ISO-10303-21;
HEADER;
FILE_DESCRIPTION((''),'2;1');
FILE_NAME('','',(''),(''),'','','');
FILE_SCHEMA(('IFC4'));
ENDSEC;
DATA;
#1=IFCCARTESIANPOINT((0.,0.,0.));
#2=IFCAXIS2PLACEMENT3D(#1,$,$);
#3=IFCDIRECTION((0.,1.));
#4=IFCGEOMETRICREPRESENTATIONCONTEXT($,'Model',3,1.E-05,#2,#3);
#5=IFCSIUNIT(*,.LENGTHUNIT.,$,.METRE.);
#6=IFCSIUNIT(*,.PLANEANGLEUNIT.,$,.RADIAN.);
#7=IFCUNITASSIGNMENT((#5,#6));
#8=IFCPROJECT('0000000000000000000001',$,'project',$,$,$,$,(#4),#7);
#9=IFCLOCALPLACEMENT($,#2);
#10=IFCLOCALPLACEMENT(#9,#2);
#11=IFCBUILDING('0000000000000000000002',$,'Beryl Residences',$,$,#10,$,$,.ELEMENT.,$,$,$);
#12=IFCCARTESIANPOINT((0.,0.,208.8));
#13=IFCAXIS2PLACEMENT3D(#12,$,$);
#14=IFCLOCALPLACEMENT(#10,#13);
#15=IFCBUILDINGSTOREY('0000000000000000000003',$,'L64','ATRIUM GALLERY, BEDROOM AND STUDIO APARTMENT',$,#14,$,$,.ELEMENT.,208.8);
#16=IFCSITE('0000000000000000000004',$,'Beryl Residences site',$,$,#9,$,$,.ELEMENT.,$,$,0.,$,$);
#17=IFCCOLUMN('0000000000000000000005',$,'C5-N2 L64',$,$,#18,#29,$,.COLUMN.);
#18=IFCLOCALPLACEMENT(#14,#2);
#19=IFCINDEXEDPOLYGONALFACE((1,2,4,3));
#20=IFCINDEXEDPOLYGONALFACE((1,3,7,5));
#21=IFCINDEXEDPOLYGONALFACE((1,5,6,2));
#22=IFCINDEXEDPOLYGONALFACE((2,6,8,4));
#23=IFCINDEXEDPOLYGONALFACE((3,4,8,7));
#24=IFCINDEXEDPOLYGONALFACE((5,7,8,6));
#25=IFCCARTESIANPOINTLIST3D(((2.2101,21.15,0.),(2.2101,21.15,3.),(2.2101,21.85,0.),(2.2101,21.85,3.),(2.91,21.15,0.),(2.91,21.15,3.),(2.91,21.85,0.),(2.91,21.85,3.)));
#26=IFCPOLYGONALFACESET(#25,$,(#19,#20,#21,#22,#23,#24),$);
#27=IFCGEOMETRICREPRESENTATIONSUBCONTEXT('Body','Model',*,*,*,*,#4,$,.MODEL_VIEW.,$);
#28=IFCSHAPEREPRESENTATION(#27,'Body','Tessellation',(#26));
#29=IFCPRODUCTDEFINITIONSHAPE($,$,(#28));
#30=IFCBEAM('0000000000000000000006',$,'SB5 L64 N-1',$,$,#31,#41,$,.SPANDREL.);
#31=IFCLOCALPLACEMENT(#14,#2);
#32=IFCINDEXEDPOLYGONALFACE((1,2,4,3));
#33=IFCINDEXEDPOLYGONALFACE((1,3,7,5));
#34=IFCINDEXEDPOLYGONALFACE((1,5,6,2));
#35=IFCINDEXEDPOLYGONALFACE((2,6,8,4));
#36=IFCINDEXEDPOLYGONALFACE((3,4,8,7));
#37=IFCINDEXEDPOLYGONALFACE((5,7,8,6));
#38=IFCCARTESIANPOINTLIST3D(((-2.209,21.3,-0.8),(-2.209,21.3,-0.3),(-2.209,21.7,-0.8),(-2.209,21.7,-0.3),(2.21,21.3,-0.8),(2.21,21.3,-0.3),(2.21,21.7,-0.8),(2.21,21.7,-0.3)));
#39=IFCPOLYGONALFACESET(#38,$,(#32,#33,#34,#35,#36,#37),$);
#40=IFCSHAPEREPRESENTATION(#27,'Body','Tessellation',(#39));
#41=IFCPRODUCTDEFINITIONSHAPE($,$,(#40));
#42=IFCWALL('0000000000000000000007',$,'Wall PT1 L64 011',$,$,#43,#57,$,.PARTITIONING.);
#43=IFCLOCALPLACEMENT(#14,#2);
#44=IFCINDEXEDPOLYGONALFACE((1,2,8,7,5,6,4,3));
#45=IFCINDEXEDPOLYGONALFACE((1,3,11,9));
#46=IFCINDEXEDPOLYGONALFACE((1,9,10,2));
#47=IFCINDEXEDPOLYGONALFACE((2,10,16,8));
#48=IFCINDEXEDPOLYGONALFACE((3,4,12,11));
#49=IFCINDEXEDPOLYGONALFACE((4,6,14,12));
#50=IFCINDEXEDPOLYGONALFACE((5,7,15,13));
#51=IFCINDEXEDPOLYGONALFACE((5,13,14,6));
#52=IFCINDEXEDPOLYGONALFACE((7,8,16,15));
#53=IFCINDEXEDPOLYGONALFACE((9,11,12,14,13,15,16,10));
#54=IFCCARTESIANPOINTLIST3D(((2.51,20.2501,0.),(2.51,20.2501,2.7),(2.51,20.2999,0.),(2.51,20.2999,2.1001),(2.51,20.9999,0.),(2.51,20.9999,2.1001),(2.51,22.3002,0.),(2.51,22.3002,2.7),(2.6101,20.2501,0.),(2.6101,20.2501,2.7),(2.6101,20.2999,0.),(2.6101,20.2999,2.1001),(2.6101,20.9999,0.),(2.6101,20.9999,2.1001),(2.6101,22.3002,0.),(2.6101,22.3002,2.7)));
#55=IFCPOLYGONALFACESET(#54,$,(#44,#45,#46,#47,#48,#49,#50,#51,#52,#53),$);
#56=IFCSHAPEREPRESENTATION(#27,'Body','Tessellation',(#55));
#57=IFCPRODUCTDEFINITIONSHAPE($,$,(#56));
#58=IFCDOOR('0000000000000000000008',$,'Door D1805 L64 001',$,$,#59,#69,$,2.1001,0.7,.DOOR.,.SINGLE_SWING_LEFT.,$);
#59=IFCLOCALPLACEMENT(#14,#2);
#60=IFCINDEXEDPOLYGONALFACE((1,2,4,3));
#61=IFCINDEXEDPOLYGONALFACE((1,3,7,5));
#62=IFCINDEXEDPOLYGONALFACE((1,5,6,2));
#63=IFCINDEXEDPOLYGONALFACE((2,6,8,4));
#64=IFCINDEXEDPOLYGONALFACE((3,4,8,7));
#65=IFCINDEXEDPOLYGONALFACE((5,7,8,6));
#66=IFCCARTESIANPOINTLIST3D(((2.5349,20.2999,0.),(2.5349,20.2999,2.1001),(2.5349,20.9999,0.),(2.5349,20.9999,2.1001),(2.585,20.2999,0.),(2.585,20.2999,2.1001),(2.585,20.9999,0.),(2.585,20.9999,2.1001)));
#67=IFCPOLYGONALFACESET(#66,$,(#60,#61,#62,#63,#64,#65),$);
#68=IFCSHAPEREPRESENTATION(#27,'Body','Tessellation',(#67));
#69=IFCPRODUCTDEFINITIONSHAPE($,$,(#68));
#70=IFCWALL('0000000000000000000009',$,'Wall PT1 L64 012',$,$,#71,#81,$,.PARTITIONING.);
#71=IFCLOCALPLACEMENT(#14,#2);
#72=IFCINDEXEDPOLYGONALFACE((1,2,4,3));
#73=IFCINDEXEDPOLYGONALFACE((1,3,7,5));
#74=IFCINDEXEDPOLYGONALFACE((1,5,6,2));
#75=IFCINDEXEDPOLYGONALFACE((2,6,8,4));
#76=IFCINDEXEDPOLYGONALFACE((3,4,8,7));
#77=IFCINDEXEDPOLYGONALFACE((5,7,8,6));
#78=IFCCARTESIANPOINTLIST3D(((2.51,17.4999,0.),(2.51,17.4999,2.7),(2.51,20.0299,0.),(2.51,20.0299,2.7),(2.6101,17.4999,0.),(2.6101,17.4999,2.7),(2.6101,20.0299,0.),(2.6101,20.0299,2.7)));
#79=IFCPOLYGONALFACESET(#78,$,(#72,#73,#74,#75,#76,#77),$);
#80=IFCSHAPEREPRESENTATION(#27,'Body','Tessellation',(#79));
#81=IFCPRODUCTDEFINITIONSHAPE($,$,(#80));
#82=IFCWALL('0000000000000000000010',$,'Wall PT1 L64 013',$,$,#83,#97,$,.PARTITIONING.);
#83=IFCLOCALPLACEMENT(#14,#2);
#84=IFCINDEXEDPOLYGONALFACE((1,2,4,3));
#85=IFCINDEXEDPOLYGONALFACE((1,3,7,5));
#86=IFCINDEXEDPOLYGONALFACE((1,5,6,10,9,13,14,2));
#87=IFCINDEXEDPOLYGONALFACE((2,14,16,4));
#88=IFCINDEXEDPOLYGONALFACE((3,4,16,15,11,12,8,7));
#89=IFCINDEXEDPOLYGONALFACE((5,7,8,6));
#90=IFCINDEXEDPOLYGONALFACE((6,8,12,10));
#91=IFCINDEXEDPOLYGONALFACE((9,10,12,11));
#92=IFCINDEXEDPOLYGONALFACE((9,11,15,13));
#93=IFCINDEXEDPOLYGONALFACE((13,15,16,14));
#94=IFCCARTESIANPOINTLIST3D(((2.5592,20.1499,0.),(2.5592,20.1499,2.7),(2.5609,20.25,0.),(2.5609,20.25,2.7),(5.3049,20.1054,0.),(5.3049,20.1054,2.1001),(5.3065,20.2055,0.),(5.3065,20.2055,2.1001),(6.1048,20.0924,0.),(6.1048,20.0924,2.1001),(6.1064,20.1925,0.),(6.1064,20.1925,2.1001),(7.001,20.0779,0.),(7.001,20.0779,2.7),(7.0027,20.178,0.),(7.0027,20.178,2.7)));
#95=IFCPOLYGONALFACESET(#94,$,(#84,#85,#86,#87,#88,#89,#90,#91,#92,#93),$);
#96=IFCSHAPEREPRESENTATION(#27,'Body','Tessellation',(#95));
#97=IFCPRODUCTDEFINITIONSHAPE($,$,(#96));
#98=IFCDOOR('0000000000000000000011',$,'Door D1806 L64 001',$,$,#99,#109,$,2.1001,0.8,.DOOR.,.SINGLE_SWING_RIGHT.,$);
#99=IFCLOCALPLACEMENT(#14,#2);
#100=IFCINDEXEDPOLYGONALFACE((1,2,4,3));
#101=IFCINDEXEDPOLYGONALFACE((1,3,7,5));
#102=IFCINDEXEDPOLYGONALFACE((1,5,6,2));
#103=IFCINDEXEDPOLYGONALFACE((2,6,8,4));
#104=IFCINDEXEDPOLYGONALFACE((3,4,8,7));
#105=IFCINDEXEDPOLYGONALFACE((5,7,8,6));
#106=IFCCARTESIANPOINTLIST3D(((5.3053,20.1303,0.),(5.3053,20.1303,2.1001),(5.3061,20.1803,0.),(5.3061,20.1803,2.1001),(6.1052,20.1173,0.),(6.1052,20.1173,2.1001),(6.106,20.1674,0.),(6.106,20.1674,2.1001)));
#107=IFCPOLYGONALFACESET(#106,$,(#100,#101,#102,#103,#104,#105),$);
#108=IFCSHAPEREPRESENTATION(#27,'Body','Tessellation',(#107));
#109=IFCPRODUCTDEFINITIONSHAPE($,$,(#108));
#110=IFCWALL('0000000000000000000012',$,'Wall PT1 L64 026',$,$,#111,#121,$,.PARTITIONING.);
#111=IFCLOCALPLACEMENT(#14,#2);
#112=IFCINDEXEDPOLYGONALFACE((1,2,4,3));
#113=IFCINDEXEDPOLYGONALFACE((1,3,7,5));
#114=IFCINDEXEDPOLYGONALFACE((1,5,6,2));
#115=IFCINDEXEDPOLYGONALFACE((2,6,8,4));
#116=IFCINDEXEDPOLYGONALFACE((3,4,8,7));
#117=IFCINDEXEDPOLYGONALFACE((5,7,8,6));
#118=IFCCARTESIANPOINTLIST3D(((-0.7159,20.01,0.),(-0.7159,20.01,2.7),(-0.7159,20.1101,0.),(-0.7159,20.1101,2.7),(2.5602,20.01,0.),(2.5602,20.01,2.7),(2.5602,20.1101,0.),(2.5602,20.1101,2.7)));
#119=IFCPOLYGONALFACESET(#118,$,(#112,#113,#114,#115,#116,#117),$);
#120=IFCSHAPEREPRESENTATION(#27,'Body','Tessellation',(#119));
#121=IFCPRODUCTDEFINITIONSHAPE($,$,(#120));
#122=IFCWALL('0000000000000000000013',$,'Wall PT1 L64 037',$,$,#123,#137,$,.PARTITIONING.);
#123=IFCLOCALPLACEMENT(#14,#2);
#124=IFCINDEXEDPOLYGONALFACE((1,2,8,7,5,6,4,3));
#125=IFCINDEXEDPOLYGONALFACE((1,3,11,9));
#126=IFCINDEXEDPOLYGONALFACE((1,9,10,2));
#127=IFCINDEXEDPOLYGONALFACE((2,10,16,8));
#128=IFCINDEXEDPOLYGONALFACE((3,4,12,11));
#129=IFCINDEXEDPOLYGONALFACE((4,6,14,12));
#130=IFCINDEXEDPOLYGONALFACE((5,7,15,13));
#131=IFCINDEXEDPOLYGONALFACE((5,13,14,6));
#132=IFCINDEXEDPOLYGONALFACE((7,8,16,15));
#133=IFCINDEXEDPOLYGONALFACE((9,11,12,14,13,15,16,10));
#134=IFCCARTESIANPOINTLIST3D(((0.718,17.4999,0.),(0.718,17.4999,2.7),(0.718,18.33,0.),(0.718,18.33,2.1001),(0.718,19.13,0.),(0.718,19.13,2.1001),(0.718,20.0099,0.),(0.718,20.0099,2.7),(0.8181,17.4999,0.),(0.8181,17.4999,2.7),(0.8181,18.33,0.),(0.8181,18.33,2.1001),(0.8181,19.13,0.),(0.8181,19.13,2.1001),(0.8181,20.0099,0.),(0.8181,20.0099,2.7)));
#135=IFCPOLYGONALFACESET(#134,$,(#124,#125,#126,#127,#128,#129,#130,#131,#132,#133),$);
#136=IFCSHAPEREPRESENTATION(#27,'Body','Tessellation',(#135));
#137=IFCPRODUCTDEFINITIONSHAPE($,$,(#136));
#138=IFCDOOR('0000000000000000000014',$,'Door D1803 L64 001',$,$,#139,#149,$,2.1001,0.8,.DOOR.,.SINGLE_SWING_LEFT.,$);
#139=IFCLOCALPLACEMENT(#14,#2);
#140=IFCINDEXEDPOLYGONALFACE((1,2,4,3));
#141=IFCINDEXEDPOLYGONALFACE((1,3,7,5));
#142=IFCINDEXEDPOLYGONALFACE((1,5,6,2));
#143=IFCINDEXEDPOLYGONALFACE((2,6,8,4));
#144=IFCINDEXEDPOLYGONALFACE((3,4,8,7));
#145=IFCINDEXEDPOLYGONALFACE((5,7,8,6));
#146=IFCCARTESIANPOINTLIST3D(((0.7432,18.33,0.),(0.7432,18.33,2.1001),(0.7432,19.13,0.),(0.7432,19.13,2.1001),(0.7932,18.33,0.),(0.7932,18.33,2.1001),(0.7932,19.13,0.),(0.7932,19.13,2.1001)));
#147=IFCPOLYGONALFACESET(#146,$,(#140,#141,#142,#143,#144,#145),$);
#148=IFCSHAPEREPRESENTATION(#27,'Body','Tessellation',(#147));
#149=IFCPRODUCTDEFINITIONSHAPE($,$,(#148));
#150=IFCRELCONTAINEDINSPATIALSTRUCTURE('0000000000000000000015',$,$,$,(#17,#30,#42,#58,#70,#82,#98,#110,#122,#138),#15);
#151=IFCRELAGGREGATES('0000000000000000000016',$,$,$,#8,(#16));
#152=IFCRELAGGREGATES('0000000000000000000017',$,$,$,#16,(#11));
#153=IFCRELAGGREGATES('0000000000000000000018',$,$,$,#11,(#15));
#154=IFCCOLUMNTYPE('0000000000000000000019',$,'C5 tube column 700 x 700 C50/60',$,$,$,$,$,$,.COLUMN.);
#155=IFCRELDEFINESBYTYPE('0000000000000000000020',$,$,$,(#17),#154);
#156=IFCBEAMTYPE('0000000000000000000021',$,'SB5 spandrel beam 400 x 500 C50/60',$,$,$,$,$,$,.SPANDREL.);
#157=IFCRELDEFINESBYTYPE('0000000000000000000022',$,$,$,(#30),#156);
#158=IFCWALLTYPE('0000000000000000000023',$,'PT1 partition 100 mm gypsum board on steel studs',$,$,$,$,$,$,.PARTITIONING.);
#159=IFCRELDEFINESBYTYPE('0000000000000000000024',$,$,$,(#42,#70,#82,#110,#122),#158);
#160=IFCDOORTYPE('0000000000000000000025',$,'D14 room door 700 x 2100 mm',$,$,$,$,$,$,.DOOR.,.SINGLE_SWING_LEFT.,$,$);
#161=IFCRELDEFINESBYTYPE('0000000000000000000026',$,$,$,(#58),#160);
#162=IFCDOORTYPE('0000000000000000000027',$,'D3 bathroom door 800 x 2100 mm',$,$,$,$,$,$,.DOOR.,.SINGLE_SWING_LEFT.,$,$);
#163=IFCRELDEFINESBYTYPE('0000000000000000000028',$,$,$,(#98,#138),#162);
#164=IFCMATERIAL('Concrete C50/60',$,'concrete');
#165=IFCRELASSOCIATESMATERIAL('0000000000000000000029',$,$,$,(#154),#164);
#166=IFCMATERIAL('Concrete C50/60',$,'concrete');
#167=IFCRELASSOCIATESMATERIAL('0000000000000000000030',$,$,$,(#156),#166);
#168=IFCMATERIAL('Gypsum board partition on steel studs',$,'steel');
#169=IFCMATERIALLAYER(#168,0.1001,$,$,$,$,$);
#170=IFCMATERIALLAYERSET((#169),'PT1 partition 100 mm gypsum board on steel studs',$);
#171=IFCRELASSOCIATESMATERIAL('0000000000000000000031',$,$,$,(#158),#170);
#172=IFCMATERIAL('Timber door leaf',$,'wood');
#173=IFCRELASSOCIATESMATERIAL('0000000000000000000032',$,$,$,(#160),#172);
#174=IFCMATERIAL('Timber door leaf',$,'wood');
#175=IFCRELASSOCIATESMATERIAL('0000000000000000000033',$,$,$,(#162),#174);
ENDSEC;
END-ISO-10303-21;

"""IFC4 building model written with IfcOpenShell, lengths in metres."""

from ifc_helpers import new_model, si_unit, direction, frame, frame_2d, origin, origin_2d, place, context, subcontext, project, spatial, rectangle, extrude, material, layer, layer_set, material_profile, profile_set, type_object, element, fill, save


model = new_model("IFC4")

# Units and contexts
model_context = context("Model", 3, precision=1e-05, world=origin(), true_north=direction((0.0, 1.0)))
body_context = subcontext(model_context, "Body", "Model", "MODEL_VIEW")
ifc_project = project(units=[si_unit("LENGTHUNIT", "METRE"), si_unit("PLANEANGLEUNIT", "RADIAN")], contexts=[model_context])

# Site, building, storey
site_placement = place(None, origin())
site = spatial("IfcSite", under=ifc_project, at=site_placement, Name="Beryl Residences site", CompositionType="ELEMENT", RefElevation=0.0)
building_placement = place(site_placement, origin())
building = spatial("IfcBuilding", under=site, at=building_placement, Name="Beryl Residences", CompositionType="ELEMENT")
storey_placement = place(building_placement, frame((0.0, 0.0, 208.8)))
storey = spatial("IfcBuildingStorey", under=building, at=storey_placement, Name="L64", Description="ATRIUM GALLERY, BEDROOM AND STUDIO APARTMENT", CompositionType="ELEMENT", Elevation=208.8)

# Column
ifc_material_1 = material(Name="Concrete C50/60", Category="concrete")
ifc_material_profile_1 = material_profile(ifc_material_1, rectangle(XDim=0.7, YDim=0.7, at=origin_2d()))
ifc_profile_set_1 = profile_set([ifc_material_profile_1], Name="Concrete C50/60")
column_type = type_object("IfcColumnType", Name="C5 tube column 700 x 700 C50/60", PredefinedType="COLUMN", material=ifc_profile_set_1)
column_placement = place(storey_placement, frame((2.5601, 21.5, 0.0), z_axis=(0.0, 0.0, 1.0), x_axis=(-1.0, 0.0, 0.0)))
element("IfcColumn", 1, at=column_placement, inside=storey, type_object=column_type, Name="C5-N2 L64", PredefinedType="COLUMN", context=body_context, shape_type="SweptSolid", body=[
    extrude(rectangle(XDim=0.7, YDim=0.7, at=origin_2d()), origin(), (0.0, 0.0, 1.0), 3.0),
])

# Beam
ifc_material_2 = material(Name="Concrete C50/60", Category="concrete")
ifc_material_profile_2 = material_profile(ifc_material_2, rectangle(XDim=0.3999, YDim=0.5, at=origin_2d()))
ifc_profile_set_2 = profile_set([ifc_material_profile_2], Name="Concrete C50/60")
beam_type = type_object("IfcBeamType", Name="SB5 spandrel beam 400 x 500 C50/60", PredefinedType="SPANDREL", material=ifc_profile_set_2)
beam_placement = place(storey_placement, frame((2.21, 21.5, -0.55), z_axis=(-1.0, 0.0, 0.0), x_axis=(0.0, -1.0, 0.0)))
element("IfcBeam", 2, at=beam_placement, inside=storey, type_object=beam_type, Name="SB5 L64 N-1", PredefinedType="SPANDREL", context=body_context, shape_type="SweptSolid", body=[
    extrude(rectangle(XDim=0.3999, YDim=0.5, at=origin_2d()), origin(), (0.0, 0.0, 1.0), 4.4189),
])

# Wall, opening, door
ifc_material_3 = material(Name="Gypsum board partition on steel studs", Category="steel")
ifc_layer = layer(ifc_material_3, 0.1001)
ifc_layer_set = layer_set([ifc_layer], Name="PT1 partition 100 mm gypsum board on steel studs")
wall_type = type_object("IfcWallType", Name="PT1 partition 100 mm gypsum board on steel studs", PredefinedType="PARTITIONING", material=ifc_layer_set)
wall_1_placement = place(storey_placement, frame((2.5601, 22.3, 0.0), z_axis=(0.0, 0.0, 1.0), x_axis=(0.0, -1.0, 0.0)))
wall_1 = element("IfcWall", 3, at=wall_1_placement, inside=storey, type_object=wall_type, Name="Wall PT1 L64 011", PredefinedType="PARTITIONING", context=body_context, shape_type="SweptSolid", body=[
    extrude(rectangle(XDim=2.05, YDim=0.1001, at=frame_2d((1.0249, 0.0))), origin(), (0.0, 0.0, 1.0), 2.7),
])
opening_1_placement = place(wall_1_placement, frame((1.3, 0.0, 0.0)))
opening_1 = element("IfcOpeningElement", 4, at=opening_1_placement, cuts=wall_1, PredefinedType="OPENING", context=body_context, shape_type="SweptSolid", body=[
    extrude(rectangle(XDim=0.7, YDim=2.1001, at=frame_2d((0.3501, 1.05))), frame((0.0, 0.0601, 0.0), z_axis=(0.0, -1.0, 0.0), x_axis=(1.0, 0.0, 0.0)), (0.0, 0.0, 1.0), 0.1201),
])
ifc_material_4 = material(Name="Timber door leaf", Category="wood")
door_type_1 = type_object("IfcDoorType", Name="D14 room door 700 x 2100 mm", OperationType="SINGLE_SWING_LEFT", PredefinedType="DOOR", material=ifc_material_4)
door_1_placement = place(opening_1_placement, origin())
door_1 = element("IfcDoor", 5, at=door_1_placement, inside=storey, type_object=door_type_1, Name="Door D1805 L64 001", OperationType="SINGLE_SWING_LEFT", OverallHeight=2.1001, OverallWidth=0.7, PredefinedType="DOOR", context=body_context, shape_type="SweptSolid", body=[
    extrude(rectangle(XDim=0.7, YDim=2.1001, at=frame_2d((0.3501, 1.05))), frame((0.0, 0.0249, 0.0), z_axis=(0.0, -1.0, 0.0), x_axis=(1.0, 0.0, 0.0)), (0.0, 0.0, 1.0), 0.05),
])
fill(opening_1, door_1)

# Wall
wall_2_placement = place(storey_placement, frame((2.5601, 20.03, 0.0), z_axis=(0.0, 0.0, 1.0), x_axis=(0.0, -1.0, 0.0)))
element("IfcWall", 6, at=wall_2_placement, inside=storey, type_object=wall_type, Name="Wall PT1 L64 012", PredefinedType="PARTITIONING", context=body_context, shape_type="SweptSolid", body=[
    extrude(rectangle(XDim=2.53, YDim=0.1001, at=frame_2d((1.2651, 0.0))), origin(), (0.0, 0.0, 1.0), 2.7),
])

# Wall, opening, door
wall_3_placement = place(storey_placement, frame((2.5601, 20.2, 0.0), z_axis=(0.0, 0.0, 1.0), x_axis=(0.999869, -0.016212, 0.0)))
wall_3 = element("IfcWall", 7, at=wall_3_placement, inside=storey, type_object=wall_type, Name="Wall PT1 L64 013", PredefinedType="PARTITIONING", context=body_context, shape_type="SweptSolid", body=[
    extrude(rectangle(XDim=4.4424, YDim=0.1001, at=frame_2d((2.2212, 0.0))), origin(), (0.0, 0.0, 1.0), 2.7),
])
opening_2_placement = place(wall_3_placement, frame((2.7461, 0.0, 0.0)))
opening_2 = element("IfcOpeningElement", 8, at=opening_2_placement, cuts=wall_3, PredefinedType="OPENING", context=body_context, shape_type="SweptSolid", body=[
    extrude(rectangle(XDim=0.8, YDim=2.1001, at=frame_2d((0.3999, 1.05))), frame((0.0, 0.0601, 0.0), z_axis=(0.0, -1.0, 0.0), x_axis=(1.0, 0.0, 0.0)), (0.0, 0.0, 1.0), 0.1201),
])
ifc_material_5 = material(Name="Timber door leaf", Category="wood")
door_type_2 = type_object("IfcDoorType", Name="D3 bathroom door 800 x 2100 mm", OperationType="SINGLE_SWING_LEFT", PredefinedType="DOOR", material=ifc_material_5)
door_2_placement = place(opening_2_placement, origin())
door_2 = element("IfcDoor", 9, at=door_2_placement, inside=storey, type_object=door_type_2, Name="Door D1806 L64 001", OperationType="SINGLE_SWING_RIGHT", OverallHeight=2.1001, OverallWidth=0.8, PredefinedType="DOOR", context=body_context, shape_type="SweptSolid", body=[
    extrude(rectangle(XDim=0.8, YDim=2.1001, at=frame_2d((0.3999, 1.05))), frame((0.0, 0.0249, 0.0), z_axis=(0.0, -1.0, 0.0), x_axis=(1.0, 0.0, 0.0)), (0.0, 0.0, 1.0), 0.05),
])
fill(opening_2, door_2)

# Wall
wall_4_placement = place(storey_placement, frame((-0.7161, 20.0601, 0.0), z_axis=(0.0, 0.0, 1.0), x_axis=(1.0, 0.0, 0.0)))
element("IfcWall", 10, at=wall_4_placement, inside=storey, type_object=wall_type, Name="Wall PT1 L64 026", PredefinedType="PARTITIONING", context=body_context, shape_type="SweptSolid", body=[
    extrude(rectangle(XDim=3.2761, YDim=0.1001, at=frame_2d((1.6382, 0.0))), origin(), (0.0, 0.0, 1.0), 2.7),
])

# Wall, opening, door
wall_5_placement = place(storey_placement, frame((0.7681, 17.5, 0.0), z_axis=(0.0, 0.0, 1.0), x_axis=(0.0, 1.0, 0.0)))
wall_5 = element("IfcWall", 11, at=wall_5_placement, inside=storey, type_object=wall_type, Name="Wall PT1 L64 037", PredefinedType="PARTITIONING", context=body_context, shape_type="SweptSolid", body=[
    extrude(rectangle(XDim=2.51, YDim=0.1001, at=frame_2d((1.2549, 0.0))), origin(), (0.0, 0.0, 1.0), 2.7),
])
opening_3_placement = place(wall_5_placement, frame((0.8301, 0.0, 0.0)))
opening_3 = element("IfcOpeningElement", 12, at=opening_3_placement, cuts=wall_5, PredefinedType="OPENING", context=body_context, shape_type="SweptSolid", body=[
    extrude(rectangle(XDim=0.8, YDim=2.1001, at=frame_2d((0.3999, 1.05))), frame((0.0, 0.0601, 0.0), z_axis=(0.0, -1.0, 0.0), x_axis=(1.0, 0.0, 0.0)), (0.0, 0.0, 1.0), 0.1201),
])
door_3_placement = place(opening_3_placement, origin())
door_3 = element("IfcDoor", 13, at=door_3_placement, inside=storey, type_object=door_type_2, Name="Door D1803 L64 001", OperationType="SINGLE_SWING_LEFT", OverallHeight=2.1001, OverallWidth=0.8, PredefinedType="DOOR", context=body_context, shape_type="SweptSolid", body=[
    extrude(rectangle(XDim=0.8, YDim=2.1001, at=frame_2d((0.3999, 1.05))), frame((0.0, 0.0249, 0.0), z_axis=(0.0, -1.0, 0.0), x_axis=(1.0, 0.0, 0.0)), (0.0, 0.0, 1.0), 0.05),
])
fill(opening_3, door_3)

save(model, "model.ifc")
